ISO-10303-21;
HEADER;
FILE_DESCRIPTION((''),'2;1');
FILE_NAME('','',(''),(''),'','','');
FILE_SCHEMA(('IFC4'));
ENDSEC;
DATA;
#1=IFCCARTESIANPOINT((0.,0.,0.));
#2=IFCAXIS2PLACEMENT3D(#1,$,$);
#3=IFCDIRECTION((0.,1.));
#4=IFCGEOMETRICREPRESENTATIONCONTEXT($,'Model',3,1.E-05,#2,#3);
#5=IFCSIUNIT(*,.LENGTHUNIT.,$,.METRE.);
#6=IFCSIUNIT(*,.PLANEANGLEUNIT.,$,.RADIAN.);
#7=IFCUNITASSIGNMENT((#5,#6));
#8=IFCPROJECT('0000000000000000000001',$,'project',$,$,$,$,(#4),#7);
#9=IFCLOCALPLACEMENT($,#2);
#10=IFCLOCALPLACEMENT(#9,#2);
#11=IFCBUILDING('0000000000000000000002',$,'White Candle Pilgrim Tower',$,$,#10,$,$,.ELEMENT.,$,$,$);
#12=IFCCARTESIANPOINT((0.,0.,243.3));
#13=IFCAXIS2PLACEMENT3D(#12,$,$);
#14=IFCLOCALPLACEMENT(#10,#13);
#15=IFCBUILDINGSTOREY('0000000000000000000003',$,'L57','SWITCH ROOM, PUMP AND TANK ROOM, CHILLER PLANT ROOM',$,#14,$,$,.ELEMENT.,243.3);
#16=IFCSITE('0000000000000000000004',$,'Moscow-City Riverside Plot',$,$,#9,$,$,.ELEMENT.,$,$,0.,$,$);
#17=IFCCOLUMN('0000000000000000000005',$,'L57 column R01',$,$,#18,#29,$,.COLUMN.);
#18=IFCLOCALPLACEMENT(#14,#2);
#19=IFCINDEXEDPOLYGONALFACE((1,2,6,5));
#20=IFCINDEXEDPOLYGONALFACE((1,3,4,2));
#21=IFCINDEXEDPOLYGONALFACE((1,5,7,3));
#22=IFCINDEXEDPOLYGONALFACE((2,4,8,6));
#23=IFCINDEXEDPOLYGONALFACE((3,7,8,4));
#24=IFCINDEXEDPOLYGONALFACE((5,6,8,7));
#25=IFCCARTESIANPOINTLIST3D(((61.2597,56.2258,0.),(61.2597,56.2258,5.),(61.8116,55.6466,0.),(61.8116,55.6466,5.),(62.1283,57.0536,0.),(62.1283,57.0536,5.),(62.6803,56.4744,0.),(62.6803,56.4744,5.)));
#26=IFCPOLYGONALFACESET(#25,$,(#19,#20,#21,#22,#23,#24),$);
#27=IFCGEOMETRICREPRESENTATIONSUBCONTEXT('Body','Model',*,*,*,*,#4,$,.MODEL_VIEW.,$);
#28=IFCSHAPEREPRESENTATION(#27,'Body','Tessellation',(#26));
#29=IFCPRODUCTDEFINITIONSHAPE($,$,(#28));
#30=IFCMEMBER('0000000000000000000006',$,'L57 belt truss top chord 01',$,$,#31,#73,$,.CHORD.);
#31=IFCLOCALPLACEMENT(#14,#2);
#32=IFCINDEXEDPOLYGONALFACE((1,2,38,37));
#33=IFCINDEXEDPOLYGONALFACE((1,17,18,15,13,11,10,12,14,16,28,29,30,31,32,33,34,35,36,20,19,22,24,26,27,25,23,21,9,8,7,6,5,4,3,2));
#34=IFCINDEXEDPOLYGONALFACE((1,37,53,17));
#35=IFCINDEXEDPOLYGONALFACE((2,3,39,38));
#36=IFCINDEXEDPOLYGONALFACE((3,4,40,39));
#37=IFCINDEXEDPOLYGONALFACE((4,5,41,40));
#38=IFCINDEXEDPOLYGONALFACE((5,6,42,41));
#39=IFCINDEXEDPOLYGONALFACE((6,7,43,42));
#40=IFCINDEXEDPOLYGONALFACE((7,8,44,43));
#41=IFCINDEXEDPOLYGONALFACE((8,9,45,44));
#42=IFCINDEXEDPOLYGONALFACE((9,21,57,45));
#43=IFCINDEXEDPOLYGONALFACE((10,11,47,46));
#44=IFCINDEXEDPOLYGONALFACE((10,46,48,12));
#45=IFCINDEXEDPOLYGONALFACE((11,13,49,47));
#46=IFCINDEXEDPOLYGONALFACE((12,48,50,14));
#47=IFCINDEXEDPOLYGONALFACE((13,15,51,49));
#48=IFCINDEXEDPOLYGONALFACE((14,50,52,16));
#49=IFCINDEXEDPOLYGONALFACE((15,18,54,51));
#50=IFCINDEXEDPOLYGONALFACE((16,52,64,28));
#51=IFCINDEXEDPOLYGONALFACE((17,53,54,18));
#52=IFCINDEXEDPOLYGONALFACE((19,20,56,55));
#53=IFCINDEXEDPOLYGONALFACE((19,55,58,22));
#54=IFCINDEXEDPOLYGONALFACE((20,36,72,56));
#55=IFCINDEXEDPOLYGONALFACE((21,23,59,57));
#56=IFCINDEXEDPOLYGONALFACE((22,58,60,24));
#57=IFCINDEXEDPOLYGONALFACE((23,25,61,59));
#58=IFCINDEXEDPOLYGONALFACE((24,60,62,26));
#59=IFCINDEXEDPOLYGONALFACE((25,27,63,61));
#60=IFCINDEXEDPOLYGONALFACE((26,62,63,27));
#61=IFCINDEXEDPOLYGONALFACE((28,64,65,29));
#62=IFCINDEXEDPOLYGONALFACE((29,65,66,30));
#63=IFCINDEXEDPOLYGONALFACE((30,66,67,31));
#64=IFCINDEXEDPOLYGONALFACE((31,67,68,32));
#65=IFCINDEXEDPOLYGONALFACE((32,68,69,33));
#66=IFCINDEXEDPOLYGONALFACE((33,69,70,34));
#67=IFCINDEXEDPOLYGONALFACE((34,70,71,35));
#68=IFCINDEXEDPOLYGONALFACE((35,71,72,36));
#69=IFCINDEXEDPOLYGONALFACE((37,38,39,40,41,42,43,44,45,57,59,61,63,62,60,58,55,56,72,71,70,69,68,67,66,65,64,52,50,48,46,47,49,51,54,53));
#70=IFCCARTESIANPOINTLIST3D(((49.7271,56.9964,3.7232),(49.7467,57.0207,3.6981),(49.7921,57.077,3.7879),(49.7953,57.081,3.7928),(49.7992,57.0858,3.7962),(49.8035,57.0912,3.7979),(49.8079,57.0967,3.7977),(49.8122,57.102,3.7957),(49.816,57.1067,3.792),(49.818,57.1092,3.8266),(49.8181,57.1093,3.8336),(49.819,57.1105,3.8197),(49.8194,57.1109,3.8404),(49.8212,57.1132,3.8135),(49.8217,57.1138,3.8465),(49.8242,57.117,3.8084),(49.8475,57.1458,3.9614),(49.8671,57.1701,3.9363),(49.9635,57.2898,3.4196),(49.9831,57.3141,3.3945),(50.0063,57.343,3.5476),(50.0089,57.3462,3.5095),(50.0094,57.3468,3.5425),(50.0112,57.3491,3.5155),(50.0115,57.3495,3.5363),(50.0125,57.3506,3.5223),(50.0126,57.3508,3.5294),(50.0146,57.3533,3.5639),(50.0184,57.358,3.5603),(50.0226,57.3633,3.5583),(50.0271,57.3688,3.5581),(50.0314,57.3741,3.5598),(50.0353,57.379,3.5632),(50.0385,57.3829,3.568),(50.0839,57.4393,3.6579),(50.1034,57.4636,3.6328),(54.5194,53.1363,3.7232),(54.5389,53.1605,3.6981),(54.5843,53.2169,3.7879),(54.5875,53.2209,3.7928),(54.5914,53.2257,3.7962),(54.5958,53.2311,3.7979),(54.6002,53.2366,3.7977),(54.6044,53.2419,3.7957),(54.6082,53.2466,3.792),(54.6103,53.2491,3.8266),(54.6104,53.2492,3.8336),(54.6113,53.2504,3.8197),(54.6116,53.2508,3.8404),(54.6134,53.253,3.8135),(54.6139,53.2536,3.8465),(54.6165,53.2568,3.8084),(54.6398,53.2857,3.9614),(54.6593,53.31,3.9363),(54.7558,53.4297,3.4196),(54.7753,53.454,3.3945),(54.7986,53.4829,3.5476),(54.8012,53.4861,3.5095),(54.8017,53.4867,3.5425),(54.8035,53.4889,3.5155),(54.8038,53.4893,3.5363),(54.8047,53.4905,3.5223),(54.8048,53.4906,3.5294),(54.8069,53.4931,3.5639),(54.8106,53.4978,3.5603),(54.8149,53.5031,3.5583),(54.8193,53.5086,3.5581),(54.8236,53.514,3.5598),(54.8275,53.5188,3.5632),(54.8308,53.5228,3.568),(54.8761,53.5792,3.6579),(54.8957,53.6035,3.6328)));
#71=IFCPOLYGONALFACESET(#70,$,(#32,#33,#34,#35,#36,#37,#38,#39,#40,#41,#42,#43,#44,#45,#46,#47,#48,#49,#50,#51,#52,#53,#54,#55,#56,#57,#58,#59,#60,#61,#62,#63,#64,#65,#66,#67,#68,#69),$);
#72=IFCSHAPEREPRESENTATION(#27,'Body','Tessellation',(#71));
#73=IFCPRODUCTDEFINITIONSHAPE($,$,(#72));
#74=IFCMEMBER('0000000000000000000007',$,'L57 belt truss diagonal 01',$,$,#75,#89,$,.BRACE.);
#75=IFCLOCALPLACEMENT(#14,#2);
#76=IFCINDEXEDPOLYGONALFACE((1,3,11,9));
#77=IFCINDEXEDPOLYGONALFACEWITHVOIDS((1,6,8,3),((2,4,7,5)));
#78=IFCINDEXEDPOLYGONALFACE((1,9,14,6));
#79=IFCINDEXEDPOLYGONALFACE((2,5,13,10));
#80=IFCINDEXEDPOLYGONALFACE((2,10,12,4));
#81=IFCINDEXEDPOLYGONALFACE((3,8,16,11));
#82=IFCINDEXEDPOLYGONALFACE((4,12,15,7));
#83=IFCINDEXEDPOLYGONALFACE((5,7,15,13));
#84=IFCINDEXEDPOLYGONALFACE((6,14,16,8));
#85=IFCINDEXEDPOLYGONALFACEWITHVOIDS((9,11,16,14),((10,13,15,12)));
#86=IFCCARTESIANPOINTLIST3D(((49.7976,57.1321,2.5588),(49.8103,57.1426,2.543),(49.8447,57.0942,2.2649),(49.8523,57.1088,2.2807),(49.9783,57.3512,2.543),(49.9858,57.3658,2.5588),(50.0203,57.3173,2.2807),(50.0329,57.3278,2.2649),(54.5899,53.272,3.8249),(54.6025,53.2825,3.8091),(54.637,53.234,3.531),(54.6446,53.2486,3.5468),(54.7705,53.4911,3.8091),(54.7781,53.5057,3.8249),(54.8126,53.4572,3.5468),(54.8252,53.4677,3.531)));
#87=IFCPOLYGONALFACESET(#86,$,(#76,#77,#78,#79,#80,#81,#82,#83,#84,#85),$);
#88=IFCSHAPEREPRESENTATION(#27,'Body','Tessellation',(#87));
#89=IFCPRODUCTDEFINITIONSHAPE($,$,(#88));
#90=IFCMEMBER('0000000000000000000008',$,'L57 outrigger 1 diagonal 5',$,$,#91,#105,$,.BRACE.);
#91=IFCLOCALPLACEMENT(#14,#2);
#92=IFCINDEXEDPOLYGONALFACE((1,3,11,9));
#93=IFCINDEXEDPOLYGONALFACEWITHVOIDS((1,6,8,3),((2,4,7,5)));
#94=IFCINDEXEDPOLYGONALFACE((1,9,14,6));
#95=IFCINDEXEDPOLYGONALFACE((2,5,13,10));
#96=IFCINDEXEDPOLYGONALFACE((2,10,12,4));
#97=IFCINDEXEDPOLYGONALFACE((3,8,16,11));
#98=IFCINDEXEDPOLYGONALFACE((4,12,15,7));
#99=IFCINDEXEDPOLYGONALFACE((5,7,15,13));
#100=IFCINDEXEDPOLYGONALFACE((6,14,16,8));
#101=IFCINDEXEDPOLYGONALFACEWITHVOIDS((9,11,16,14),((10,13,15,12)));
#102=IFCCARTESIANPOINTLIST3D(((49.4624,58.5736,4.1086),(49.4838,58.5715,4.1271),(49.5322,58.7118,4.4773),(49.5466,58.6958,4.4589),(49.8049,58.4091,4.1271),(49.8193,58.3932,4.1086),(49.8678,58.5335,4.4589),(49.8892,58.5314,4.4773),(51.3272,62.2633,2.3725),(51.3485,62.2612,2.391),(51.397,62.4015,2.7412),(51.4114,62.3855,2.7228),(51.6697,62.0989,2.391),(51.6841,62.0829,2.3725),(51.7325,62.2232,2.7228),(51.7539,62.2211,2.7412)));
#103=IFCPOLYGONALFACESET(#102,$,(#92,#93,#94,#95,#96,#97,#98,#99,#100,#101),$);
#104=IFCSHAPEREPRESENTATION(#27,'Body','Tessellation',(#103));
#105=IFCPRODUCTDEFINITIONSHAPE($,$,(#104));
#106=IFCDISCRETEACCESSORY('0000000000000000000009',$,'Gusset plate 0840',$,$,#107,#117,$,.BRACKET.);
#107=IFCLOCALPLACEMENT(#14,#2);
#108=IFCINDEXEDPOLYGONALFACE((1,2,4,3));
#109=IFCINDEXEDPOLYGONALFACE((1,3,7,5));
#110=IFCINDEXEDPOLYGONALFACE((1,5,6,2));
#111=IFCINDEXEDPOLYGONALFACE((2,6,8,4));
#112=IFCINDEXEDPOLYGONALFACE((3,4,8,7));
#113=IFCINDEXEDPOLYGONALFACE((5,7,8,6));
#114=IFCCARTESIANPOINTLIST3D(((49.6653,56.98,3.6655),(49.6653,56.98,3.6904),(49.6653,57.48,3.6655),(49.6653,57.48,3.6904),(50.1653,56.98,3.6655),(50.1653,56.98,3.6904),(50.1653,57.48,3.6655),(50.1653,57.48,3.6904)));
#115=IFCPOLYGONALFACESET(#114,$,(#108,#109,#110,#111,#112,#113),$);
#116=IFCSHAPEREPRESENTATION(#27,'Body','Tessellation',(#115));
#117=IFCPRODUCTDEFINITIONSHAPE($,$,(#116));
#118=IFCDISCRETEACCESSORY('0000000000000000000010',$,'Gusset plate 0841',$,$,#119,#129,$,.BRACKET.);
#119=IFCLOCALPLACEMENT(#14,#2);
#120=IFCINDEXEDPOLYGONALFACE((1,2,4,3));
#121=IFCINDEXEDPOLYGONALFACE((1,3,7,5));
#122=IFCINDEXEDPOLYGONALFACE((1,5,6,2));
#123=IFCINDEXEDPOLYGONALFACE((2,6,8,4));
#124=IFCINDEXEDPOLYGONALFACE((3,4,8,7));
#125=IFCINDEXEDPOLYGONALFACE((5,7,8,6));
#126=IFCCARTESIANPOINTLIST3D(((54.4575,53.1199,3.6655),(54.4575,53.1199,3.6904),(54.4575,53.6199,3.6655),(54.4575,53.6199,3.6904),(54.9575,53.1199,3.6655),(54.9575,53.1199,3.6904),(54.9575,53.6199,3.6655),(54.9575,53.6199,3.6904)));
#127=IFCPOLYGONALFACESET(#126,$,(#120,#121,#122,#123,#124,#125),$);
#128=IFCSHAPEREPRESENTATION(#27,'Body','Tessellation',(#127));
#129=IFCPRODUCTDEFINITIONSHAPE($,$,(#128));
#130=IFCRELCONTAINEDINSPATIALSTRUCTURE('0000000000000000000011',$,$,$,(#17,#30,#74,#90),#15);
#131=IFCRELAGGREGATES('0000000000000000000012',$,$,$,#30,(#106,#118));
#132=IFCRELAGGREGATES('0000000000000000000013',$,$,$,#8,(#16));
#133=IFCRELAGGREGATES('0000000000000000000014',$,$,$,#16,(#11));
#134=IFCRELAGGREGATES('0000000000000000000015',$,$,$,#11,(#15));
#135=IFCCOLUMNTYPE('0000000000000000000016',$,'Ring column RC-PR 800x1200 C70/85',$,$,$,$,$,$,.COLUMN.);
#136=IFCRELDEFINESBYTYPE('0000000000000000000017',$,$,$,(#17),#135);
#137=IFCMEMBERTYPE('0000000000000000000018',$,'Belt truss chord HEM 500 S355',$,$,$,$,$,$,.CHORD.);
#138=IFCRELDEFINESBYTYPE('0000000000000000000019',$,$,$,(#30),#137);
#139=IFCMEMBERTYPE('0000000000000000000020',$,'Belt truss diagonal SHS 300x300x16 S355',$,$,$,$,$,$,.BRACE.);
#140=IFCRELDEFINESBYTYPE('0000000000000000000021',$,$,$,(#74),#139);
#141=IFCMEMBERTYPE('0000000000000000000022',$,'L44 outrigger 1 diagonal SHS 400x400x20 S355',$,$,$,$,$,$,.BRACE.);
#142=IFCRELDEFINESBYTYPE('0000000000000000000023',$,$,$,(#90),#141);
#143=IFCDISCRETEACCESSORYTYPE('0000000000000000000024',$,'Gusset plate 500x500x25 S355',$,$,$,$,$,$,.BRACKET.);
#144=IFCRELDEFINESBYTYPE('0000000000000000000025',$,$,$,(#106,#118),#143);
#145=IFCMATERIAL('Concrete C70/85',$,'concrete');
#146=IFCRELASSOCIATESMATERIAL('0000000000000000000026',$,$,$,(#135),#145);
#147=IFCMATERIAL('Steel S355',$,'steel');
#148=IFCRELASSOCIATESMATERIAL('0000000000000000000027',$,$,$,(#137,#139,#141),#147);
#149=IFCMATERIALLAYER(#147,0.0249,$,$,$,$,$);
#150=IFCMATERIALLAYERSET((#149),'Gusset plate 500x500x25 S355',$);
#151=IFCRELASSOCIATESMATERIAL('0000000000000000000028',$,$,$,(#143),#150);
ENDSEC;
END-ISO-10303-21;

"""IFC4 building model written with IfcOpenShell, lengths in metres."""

from ifc_helpers import new_model, si_unit, direction, frame, origin, origin_2d, place, context, subcontext, project, spatial, rectangle, hollow_rectangle, i_section, extrude, material, layer, layer_set, material_profile, profile_set, type_object, element, aggregate, save


model = new_model("IFC4")

# Units and contexts
model_context = context("Model", 3, precision=1e-05, world=origin(), true_north=direction((0.0, 1.0)))
body_context = subcontext(model_context, "Body", "Model", "MODEL_VIEW")
ifc_project = project(units=[si_unit("LENGTHUNIT", "METRE"), si_unit("PLANEANGLEUNIT", "RADIAN")], contexts=[model_context])

# Site, building, storey
site_placement = place(None, origin())
site = spatial("IfcSite", under=ifc_project, at=site_placement, Name="Moscow-City Riverside Plot", CompositionType="ELEMENT", RefElevation=0.0)
building_placement = place(site_placement, origin())
building = spatial("IfcBuilding", under=site, at=building_placement, Name="White Candle Pilgrim Tower", CompositionType="ELEMENT")
storey_placement = place(building_placement, frame((0.0, 0.0, 243.3)))
storey = spatial("IfcBuildingStorey", under=building, at=storey_placement, Name="L57", Description="SWITCH ROOM, PUMP AND TANK ROOM, CHILLER PLANT ROOM", CompositionType="ELEMENT", Elevation=243.3)

# Column
ifc_material_1 = material(Name="Concrete C70/85", Category="concrete")
ifc_material_profile_1 = material_profile(ifc_material_1, rectangle(XDim=0.8, YDim=1.2, at=origin_2d()), Name="RC-PR 800x1200")
ifc_profile_set_1 = profile_set([ifc_material_profile_1], Name="Concrete C70/85")
column_type = type_object("IfcColumnType", Name="Ring column RC-PR 800x1200 C70/85", PredefinedType="COLUMN", material=ifc_profile_set_1)
column_placement = place(storey_placement, frame((61.97, 56.3501, 0.0), z_axis=(0.0, 0.0, 1.0), x_axis=(-0.689872, 0.723931, 0.0)))
element("IfcColumn", 1, at=column_placement, inside=storey, type_object=column_type, Name="L57 column R01", PredefinedType="COLUMN", context=body_context, shape_type="SweptSolid", body=[
    extrude(rectangle(XDim=0.8, YDim=1.2, at=origin_2d()), origin(), (0.0, 0.0, 1.0), 5.0),
])

# Member
ifc_material_2 = material(Name="Steel S355", Category="steel")
ifc_material_profile_2 = material_profile(ifc_material_2, i_section(OverallWidth=0.3059, OverallDepth=0.5239, WebThickness=0.021, FlangeThickness=0.04, FilletRadius=0.0271, at=origin_2d()), Name="HEM 500")
ifc_profile_set_2 = profile_set([ifc_material_profile_2], Name="Steel S355")
member_type_1 = type_object("IfcMemberType", Name="Belt truss chord HEM 500 S355", PredefinedType="CHORD", material=ifc_profile_set_2)
member_1_placement = place(storey_placement, frame((49.9153, 57.23, 3.678), z_axis=(0.778778, -0.627299, 0.0), x_axis=(0.393522, 0.488549, 0.778756)))
member_1 = element("IfcMember", 2, at=member_1_placement, inside=storey, type_object=member_type_1, Name="L57 belt truss top chord 01", PredefinedType="CHORD", context=body_context, shape_type="SweptSolid", body=[
    extrude(i_section(OverallWidth=0.3059, OverallDepth=0.5239, WebThickness=0.021, FlangeThickness=0.04, FilletRadius=0.0271, at=origin_2d()), origin(), (0.0, 0.0, 1.0), 6.1536),
])

# Members
ifc_material_profile_3 = material_profile(ifc_material_2, hollow_rectangle(XDim=0.3, YDim=0.3, WallThickness=0.0161, at=origin_2d()), Name="SHS 300x300x16")
ifc_profile_set_3 = profile_set([ifc_material_profile_3], Name="Steel S355")
member_type_2 = type_object("IfcMemberType", Name="Belt truss diagonal SHS 300x300x16 S355", PredefinedType="BRACE", material=ifc_profile_set_3)
member_2_placement = place(storey_placement, frame((49.9153, 57.23, 2.4119), z_axis=(0.762799, -0.614428, 0.201532), x_axis=(0.627299, 0.778778, 0.0)))
element("IfcMember", 3, at=member_2_placement, inside=storey, type_object=member_type_2, Name="L57 belt truss diagonal 01", PredefinedType="BRACE", context=body_context, shape_type="SweptSolid", body=[
    extrude(hollow_rectangle(XDim=0.3, YDim=0.3, WallThickness=0.0161, at=origin_2d()), origin(), (0.0, 0.0, 1.0), 6.2825),
])
ifc_material_profile_4 = material_profile(ifc_material_2, hollow_rectangle(XDim=0.3999, YDim=0.3999, WallThickness=0.02, at=origin_2d()), Name="SHS 400x400x20")
ifc_profile_set_4 = profile_set([ifc_material_profile_4], Name="Steel S355")
member_type_3 = type_object("IfcMemberType", Name="L44 outrigger 1 diagonal SHS 400x400x20 S355", PredefinedType="BRACE", material=ifc_profile_set_4)
member_3_placement = place(storey_placement, frame((51.5405, 62.2422, 2.5569), z_axis=(-0.415878, -0.822881, 0.387184), x_axis=(0.892494, -0.45106, 0.0)))
element("IfcMember", 4, at=member_3_placement, inside=storey, type_object=member_type_3, Name="L57 outrigger 1 diagonal 5", PredefinedType="BRACE", context=body_context, shape_type="SweptSolid", body=[
    extrude(hollow_rectangle(XDim=0.3999, YDim=0.3999, WallThickness=0.02, at=origin_2d()), origin(), (0.0, 0.0, 1.0), 4.4839),
])

# Discrete accessories
ifc_layer_1 = layer(ifc_material_2, 0.0249)
ifc_layer_set_1 = layer_set([ifc_layer_1], Name="Gusset plate 500x500x25 S355")
discrete_accessory_type = type_object("IfcDiscreteAccessoryType", Name="Gusset plate 500x500x25 S355", PredefinedType="BRACKET", material=ifc_layer_set_1)
discrete_accessory_1_placement = place(storey_placement, frame((49.9153, 57.23, 3.6655), z_axis=(0.0, 0.0, 1.0), x_axis=(1.0, 0.0, 0.0)))
discrete_accessory_1 = element("IfcDiscreteAccessory", 5, at=discrete_accessory_1_placement, type_object=discrete_accessory_type, Name="Gusset plate 0840", PredefinedType="BRACKET", context=body_context, shape_type="SweptSolid", body=[
    extrude(rectangle(XDim=0.5, YDim=0.5, at=origin_2d()), origin(), (0.0, 0.0, 1.0), 0.0249),
])
discrete_accessory_2_placement = place(storey_placement, frame((54.7075, 53.3699, 3.6655), z_axis=(0.0, 0.0, 1.0), x_axis=(1.0, 0.0, 0.0)))
discrete_accessory_2 = element("IfcDiscreteAccessory", 6, at=discrete_accessory_2_placement, type_object=discrete_accessory_type, Name="Gusset plate 0841", PredefinedType="BRACKET", context=body_context, shape_type="SweptSolid", body=[
    extrude(rectangle(XDim=0.5, YDim=0.5, at=origin_2d()), origin(), (0.0, 0.0, 1.0), 0.0249),
])
aggregate(member_1, [discrete_accessory_1, discrete_accessory_2])

save(model, "model.ifc")
